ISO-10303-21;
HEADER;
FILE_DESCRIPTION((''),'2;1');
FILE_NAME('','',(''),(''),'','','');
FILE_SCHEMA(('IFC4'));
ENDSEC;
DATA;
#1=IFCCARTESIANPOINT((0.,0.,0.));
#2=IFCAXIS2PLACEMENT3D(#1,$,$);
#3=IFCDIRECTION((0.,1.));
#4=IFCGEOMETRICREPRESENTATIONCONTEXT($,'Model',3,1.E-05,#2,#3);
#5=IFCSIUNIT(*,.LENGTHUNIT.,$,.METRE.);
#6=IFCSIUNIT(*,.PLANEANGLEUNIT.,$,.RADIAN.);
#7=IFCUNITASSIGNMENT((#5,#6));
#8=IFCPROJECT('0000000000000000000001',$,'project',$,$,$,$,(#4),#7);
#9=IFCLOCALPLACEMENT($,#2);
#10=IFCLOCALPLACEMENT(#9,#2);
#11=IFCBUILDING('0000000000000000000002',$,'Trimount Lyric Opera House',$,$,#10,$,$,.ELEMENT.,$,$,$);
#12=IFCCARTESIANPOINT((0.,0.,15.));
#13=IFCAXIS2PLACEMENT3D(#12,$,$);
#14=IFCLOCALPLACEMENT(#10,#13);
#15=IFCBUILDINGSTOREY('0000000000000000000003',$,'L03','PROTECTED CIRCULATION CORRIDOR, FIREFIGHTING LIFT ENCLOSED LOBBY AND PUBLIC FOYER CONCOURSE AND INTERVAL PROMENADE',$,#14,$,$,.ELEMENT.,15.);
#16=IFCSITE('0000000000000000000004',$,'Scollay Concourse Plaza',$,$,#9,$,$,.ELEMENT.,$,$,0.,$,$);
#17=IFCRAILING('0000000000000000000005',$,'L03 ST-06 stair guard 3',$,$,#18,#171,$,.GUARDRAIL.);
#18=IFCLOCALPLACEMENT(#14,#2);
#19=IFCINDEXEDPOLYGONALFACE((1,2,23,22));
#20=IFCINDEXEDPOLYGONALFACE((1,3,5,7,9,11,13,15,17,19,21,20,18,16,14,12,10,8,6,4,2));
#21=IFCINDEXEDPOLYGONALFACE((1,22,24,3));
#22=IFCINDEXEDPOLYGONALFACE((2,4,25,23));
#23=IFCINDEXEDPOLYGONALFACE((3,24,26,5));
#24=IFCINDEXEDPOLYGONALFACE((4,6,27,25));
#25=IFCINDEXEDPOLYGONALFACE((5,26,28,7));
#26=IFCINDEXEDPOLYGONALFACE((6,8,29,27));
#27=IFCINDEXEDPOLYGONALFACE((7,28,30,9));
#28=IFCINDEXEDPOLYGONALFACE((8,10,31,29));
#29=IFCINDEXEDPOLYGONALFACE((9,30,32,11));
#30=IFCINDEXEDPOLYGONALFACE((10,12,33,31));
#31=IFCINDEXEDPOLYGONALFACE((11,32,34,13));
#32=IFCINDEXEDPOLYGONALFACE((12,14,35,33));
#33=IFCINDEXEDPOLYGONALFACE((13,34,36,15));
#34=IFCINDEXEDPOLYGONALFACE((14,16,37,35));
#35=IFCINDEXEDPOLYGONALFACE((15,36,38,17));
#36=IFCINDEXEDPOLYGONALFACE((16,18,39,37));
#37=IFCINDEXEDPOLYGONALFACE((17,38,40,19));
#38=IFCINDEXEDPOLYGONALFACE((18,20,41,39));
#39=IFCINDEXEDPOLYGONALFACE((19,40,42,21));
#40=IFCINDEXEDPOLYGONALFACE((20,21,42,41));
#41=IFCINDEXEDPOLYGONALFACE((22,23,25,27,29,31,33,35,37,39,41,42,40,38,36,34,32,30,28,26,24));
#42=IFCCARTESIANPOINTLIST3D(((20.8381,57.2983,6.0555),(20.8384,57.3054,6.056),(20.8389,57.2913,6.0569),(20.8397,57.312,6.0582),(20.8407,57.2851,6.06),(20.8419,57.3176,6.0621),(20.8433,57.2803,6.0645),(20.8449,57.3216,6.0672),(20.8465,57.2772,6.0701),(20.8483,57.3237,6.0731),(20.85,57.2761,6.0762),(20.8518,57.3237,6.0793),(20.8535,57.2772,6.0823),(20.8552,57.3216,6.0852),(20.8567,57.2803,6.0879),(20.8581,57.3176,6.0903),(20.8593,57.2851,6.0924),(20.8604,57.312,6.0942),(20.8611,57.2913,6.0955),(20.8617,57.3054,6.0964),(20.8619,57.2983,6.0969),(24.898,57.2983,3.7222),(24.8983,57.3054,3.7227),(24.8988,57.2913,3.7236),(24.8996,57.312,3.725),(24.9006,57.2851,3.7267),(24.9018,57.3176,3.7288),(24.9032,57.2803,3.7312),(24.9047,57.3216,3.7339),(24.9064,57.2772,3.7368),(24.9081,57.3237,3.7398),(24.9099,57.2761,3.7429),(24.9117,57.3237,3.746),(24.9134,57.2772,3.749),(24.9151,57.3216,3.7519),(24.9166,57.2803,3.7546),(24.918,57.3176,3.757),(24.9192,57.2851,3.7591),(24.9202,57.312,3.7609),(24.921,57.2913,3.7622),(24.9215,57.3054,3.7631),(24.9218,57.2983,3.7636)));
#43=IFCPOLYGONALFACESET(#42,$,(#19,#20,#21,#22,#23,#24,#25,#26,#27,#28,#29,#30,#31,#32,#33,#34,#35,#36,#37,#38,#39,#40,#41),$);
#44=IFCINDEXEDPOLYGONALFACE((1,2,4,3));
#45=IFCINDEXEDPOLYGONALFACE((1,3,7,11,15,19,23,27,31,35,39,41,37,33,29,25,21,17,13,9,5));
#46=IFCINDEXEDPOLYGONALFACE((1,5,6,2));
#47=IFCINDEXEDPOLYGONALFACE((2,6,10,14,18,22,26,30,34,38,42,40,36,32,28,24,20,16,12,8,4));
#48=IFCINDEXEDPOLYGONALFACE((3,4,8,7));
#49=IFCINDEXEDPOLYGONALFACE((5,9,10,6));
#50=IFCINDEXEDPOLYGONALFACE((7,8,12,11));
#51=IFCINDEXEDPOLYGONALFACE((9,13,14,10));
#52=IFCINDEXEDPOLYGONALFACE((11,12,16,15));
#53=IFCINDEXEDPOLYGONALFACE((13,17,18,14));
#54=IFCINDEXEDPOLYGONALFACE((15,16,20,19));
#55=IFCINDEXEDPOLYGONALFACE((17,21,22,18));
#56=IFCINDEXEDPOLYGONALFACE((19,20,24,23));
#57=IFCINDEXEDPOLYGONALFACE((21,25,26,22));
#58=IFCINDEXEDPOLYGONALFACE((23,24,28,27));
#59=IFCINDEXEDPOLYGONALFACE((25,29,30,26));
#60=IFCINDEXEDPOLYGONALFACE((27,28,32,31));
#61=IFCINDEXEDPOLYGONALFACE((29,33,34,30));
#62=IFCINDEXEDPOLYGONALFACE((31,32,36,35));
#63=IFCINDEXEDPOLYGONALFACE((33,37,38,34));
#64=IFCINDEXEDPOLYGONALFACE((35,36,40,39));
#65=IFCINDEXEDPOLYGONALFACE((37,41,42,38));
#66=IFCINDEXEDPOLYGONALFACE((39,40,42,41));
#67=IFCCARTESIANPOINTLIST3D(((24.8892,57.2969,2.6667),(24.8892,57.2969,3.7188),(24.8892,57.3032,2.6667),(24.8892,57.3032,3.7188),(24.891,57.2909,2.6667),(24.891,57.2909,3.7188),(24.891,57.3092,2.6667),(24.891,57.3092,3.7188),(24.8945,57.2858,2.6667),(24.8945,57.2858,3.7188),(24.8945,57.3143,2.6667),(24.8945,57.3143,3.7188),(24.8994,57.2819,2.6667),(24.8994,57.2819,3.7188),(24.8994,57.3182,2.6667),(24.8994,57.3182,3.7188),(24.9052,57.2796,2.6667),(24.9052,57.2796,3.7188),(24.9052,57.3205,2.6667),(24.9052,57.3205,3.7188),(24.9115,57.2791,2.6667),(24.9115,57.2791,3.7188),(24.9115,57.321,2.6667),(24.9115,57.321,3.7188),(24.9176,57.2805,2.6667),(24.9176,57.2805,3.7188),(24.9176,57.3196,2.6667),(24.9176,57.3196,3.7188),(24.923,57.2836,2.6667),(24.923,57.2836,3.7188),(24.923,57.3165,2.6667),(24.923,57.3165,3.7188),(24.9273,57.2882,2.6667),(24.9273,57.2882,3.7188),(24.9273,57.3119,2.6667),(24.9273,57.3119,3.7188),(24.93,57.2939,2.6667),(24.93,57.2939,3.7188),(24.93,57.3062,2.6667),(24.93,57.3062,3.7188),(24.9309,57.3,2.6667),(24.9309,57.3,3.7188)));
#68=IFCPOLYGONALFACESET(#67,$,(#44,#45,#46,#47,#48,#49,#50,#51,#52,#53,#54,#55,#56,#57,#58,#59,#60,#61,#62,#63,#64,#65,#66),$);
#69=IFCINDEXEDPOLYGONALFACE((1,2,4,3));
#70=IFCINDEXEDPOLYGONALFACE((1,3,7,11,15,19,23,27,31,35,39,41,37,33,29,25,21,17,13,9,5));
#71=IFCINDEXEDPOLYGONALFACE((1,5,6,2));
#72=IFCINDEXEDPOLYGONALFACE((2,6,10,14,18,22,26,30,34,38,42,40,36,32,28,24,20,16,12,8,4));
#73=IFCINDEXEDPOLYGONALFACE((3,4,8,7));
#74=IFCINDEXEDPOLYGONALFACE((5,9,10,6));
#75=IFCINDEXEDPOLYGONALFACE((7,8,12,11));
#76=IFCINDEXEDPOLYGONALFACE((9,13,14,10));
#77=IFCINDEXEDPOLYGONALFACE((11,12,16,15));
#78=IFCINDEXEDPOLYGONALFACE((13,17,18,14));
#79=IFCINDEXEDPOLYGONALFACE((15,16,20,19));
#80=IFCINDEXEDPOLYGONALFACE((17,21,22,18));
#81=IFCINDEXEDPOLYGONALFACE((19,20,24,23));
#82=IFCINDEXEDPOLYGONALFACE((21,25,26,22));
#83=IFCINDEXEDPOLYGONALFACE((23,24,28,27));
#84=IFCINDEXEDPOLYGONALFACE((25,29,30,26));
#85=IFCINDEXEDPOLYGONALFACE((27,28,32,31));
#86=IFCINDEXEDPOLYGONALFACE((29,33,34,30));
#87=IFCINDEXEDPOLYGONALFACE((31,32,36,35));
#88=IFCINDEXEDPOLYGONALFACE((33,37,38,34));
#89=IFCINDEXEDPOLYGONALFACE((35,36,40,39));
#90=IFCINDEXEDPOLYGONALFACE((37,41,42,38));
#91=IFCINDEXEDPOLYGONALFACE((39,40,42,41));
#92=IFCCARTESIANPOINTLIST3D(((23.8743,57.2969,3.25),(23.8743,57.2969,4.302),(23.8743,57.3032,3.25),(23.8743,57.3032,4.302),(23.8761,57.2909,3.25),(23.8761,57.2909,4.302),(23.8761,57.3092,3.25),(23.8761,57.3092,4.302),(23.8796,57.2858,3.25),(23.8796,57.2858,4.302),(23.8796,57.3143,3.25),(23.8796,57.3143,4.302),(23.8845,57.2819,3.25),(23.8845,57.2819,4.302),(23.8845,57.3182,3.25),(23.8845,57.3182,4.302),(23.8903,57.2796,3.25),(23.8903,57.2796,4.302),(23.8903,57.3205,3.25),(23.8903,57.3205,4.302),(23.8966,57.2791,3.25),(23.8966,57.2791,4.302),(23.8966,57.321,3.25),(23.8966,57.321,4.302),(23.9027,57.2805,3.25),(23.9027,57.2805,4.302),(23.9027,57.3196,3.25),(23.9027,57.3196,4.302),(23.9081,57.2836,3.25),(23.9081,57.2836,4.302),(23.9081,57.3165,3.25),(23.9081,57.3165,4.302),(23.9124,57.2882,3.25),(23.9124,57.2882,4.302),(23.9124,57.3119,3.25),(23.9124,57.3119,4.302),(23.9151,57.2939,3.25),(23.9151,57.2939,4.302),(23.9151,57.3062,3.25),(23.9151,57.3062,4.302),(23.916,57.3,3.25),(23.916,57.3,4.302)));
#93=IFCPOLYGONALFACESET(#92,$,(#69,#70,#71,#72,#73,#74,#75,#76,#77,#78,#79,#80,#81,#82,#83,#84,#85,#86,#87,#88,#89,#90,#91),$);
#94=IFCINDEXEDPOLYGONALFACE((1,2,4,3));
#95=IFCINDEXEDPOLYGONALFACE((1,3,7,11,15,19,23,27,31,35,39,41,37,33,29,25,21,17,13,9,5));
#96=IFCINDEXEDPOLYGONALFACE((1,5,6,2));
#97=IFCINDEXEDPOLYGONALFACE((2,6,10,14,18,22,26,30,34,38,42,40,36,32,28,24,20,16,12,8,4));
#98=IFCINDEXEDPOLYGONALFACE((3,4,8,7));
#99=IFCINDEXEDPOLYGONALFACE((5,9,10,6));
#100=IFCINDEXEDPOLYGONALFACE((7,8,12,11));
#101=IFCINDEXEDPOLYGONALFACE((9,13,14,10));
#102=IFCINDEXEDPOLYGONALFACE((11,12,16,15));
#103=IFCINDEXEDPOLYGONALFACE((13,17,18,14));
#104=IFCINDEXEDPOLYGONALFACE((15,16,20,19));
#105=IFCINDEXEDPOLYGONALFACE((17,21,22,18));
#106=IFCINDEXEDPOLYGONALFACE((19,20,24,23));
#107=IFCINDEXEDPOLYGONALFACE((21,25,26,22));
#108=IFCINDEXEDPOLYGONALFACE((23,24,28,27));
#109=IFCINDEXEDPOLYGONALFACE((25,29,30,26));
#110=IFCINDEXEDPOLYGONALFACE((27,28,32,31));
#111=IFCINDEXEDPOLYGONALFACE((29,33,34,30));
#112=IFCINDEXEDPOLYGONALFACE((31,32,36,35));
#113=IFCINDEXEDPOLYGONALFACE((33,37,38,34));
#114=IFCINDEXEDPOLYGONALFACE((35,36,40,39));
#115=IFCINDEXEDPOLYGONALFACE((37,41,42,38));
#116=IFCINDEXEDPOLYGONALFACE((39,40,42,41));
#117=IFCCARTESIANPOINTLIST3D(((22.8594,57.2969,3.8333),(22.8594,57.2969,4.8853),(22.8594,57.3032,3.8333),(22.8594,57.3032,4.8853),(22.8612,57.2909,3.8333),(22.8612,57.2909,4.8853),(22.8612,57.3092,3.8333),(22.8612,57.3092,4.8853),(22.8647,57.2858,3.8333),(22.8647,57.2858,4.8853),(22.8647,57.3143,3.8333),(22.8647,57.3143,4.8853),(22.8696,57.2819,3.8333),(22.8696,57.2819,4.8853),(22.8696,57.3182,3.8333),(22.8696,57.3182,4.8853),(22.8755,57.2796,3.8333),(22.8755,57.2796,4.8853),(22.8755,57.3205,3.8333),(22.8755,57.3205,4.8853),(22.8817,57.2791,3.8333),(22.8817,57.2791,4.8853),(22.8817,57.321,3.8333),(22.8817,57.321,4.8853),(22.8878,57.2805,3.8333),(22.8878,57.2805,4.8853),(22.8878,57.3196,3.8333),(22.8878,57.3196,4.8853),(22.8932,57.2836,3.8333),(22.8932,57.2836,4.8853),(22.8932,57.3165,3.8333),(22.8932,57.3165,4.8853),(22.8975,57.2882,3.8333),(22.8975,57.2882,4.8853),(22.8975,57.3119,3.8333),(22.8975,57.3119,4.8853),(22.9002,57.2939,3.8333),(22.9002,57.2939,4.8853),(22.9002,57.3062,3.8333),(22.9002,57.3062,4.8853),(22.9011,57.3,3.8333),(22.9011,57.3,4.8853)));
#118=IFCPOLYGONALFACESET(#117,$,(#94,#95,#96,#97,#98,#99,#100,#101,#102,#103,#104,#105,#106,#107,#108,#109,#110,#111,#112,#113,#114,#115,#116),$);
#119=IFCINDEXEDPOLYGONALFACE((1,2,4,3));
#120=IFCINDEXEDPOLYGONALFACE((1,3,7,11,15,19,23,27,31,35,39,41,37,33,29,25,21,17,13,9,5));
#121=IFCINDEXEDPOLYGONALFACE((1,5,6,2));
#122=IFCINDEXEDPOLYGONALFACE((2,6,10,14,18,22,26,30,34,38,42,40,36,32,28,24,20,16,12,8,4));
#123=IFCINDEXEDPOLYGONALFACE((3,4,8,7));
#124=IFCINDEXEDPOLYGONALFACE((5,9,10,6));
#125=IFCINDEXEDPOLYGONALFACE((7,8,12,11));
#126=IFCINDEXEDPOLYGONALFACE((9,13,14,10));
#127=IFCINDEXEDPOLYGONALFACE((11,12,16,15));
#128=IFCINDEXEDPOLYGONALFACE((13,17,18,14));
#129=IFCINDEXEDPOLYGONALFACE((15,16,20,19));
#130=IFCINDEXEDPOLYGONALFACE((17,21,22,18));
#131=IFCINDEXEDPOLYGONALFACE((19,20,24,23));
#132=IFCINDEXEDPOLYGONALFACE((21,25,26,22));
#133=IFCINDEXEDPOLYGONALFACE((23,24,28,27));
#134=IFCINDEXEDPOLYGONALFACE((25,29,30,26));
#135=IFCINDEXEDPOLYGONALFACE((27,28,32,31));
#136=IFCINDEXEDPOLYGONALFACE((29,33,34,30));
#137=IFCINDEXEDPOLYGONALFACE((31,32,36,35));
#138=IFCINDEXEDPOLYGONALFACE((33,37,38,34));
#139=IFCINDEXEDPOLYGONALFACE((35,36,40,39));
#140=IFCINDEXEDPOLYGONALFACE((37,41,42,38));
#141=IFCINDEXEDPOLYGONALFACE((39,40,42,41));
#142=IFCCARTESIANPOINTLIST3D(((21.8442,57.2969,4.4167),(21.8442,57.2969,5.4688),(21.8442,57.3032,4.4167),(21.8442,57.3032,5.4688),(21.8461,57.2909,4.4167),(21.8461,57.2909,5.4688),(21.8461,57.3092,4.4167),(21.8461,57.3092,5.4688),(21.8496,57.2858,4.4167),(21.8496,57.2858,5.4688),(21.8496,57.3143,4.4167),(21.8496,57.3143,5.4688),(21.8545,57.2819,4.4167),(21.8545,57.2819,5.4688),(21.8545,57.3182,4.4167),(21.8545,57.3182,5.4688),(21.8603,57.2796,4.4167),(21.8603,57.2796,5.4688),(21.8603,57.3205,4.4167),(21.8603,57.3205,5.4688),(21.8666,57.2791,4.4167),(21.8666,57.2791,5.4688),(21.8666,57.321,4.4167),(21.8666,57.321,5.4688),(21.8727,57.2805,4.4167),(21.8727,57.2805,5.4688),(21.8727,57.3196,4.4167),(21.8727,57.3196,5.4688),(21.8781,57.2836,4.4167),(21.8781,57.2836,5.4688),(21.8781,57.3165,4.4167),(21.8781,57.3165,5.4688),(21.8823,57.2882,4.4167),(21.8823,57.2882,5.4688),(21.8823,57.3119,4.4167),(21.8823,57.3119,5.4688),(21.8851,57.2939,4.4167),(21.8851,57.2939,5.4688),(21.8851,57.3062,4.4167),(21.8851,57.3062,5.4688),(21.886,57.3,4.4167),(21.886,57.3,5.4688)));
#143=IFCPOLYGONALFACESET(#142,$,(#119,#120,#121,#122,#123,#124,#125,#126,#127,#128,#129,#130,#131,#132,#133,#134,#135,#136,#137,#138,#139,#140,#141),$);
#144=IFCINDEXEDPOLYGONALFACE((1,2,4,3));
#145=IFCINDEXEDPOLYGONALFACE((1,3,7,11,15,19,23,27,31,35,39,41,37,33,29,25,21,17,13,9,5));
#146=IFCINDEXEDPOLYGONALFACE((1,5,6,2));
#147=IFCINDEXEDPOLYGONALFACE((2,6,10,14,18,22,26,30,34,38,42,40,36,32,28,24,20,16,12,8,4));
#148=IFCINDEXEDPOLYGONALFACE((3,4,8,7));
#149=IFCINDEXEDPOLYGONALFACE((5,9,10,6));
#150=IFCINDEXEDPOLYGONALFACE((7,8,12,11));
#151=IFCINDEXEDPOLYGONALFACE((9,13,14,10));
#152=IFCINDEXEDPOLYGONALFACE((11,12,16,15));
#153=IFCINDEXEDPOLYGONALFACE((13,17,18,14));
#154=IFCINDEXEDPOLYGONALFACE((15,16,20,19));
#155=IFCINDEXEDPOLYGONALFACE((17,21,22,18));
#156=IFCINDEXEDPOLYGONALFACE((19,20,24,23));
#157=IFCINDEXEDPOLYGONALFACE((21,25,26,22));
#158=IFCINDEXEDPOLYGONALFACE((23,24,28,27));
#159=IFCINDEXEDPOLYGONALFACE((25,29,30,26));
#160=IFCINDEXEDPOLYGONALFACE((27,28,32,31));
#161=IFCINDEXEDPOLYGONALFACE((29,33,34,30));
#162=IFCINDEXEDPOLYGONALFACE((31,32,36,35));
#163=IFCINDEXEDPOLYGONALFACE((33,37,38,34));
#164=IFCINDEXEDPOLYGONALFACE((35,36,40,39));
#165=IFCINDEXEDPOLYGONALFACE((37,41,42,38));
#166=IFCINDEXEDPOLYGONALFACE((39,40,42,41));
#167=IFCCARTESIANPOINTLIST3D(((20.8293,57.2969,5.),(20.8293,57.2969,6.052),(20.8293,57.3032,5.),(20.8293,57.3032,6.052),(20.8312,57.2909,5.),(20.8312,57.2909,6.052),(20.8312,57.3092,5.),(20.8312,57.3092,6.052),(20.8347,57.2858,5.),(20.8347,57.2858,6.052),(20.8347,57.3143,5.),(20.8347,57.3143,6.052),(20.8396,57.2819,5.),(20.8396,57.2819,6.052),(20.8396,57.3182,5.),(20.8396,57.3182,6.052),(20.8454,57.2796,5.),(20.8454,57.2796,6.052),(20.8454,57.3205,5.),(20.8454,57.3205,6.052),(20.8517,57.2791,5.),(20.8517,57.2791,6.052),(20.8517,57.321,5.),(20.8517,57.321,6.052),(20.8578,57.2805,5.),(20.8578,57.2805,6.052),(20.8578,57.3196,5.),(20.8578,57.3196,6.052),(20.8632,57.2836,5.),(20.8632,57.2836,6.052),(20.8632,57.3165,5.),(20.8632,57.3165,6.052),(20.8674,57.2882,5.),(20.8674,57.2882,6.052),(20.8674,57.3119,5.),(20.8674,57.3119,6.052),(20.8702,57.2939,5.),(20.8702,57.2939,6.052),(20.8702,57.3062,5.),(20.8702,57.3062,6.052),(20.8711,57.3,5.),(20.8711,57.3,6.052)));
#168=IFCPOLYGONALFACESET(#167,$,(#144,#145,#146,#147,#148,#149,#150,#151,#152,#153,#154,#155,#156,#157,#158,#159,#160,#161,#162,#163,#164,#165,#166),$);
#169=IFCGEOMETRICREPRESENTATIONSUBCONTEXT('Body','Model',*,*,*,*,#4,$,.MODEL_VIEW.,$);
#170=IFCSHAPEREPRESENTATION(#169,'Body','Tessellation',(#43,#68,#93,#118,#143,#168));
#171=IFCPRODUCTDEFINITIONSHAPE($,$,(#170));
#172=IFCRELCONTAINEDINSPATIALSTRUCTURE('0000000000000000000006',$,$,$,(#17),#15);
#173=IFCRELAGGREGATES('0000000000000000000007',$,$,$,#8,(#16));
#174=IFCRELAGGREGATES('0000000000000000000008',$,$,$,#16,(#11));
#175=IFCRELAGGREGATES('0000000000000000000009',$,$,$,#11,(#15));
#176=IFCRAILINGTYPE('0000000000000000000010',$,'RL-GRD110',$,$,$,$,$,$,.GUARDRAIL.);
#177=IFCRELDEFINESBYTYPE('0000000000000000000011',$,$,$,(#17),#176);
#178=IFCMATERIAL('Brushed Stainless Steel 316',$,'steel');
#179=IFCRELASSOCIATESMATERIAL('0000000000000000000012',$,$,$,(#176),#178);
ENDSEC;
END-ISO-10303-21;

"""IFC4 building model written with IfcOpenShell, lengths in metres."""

from ifc_helpers import new_model, si_unit, direction, frame, origin, origin_2d, place, context, subcontext, project, spatial, circle, extrude, material, type_object, element, save


model = new_model("IFC4")

# Units and contexts
model_context = context("Model", 3, precision=1e-05, world=origin(), true_north=direction((0.0, 1.0)))
body_context = subcontext(model_context, "Body", "Model", "MODEL_VIEW")
ifc_project = project(units=[si_unit("LENGTHUNIT", "METRE"), si_unit("PLANEANGLEUNIT", "RADIAN")], contexts=[model_context])

# Site, building, storey
site_placement = place(None, origin())
site = spatial("IfcSite", under=ifc_project, at=site_placement, Name="Scollay Concourse Plaza", CompositionType="ELEMENT", RefElevation=0.0)
building_placement = place(site_placement, origin())
building = spatial("IfcBuilding", under=site, at=building_placement, Name="Trimount Lyric Opera House", CompositionType="ELEMENT")
storey_placement = place(building_placement, frame((0.0, 0.0, 15.0)))
storey = spatial("IfcBuildingStorey", under=building, at=storey_placement, Name="L03", Description="PROTECTED CIRCULATION CORRIDOR, FIREFIGHTING LIFT ENCLOSED LOBBY AND PUBLIC FOYER CONCOURSE AND INTERVAL PROMENADE", CompositionType="ELEMENT", Elevation=15.0)

# Railing
ifc_material_1 = material(Name="Brushed Stainless Steel 316", Category="steel")
railing_type_1 = type_object("IfcRailingType", Name="RL-GRD110", PredefinedType="GUARDRAIL", material=ifc_material_1)
railing_1_placement = place(storey_placement, frame((24.9099, 57.3, 2.6667)))
element("IfcRailing", 1, at=railing_1_placement, inside=storey, type_object=railing_type_1, Name="L03 ST-06 stair guard 3", PredefinedType="GUARDRAIL", context=body_context, shape_type="SweptSolid", body=[
    extrude(circle(Radius=0.0239, at=origin_2d()), frame((0.0, 0.0, 1.0762), z_axis=(-0.867012, 0.0, 0.498288), x_axis=(0.0, -1.0, 0.0)), (0.0, 0.0, 1.0), 4.6826),
    extrude(circle(Radius=0.021, at=origin_2d()), origin(), (0.0, 0.0, 1.0), 1.052),
    extrude(circle(Radius=0.021, at=origin_2d()), frame((-1.0149, 0.0, 0.5833)), (0.0, 0.0, 1.0), 1.052),
    extrude(circle(Radius=0.021, at=origin_2d()), frame((-2.0298, 0.0, 1.1665)), (0.0, 0.0, 1.0), 1.052),
    extrude(circle(Radius=0.021, at=origin_2d()), frame((-3.0449, 0.0, 1.75)), (0.0, 0.0, 1.0), 1.052),
    extrude(circle(Radius=0.021, at=origin_2d()), frame((-4.0598, 0.0, 2.3333)), (0.0, 0.0, 1.0), 1.052),
])

save(model, "model.ifc")
